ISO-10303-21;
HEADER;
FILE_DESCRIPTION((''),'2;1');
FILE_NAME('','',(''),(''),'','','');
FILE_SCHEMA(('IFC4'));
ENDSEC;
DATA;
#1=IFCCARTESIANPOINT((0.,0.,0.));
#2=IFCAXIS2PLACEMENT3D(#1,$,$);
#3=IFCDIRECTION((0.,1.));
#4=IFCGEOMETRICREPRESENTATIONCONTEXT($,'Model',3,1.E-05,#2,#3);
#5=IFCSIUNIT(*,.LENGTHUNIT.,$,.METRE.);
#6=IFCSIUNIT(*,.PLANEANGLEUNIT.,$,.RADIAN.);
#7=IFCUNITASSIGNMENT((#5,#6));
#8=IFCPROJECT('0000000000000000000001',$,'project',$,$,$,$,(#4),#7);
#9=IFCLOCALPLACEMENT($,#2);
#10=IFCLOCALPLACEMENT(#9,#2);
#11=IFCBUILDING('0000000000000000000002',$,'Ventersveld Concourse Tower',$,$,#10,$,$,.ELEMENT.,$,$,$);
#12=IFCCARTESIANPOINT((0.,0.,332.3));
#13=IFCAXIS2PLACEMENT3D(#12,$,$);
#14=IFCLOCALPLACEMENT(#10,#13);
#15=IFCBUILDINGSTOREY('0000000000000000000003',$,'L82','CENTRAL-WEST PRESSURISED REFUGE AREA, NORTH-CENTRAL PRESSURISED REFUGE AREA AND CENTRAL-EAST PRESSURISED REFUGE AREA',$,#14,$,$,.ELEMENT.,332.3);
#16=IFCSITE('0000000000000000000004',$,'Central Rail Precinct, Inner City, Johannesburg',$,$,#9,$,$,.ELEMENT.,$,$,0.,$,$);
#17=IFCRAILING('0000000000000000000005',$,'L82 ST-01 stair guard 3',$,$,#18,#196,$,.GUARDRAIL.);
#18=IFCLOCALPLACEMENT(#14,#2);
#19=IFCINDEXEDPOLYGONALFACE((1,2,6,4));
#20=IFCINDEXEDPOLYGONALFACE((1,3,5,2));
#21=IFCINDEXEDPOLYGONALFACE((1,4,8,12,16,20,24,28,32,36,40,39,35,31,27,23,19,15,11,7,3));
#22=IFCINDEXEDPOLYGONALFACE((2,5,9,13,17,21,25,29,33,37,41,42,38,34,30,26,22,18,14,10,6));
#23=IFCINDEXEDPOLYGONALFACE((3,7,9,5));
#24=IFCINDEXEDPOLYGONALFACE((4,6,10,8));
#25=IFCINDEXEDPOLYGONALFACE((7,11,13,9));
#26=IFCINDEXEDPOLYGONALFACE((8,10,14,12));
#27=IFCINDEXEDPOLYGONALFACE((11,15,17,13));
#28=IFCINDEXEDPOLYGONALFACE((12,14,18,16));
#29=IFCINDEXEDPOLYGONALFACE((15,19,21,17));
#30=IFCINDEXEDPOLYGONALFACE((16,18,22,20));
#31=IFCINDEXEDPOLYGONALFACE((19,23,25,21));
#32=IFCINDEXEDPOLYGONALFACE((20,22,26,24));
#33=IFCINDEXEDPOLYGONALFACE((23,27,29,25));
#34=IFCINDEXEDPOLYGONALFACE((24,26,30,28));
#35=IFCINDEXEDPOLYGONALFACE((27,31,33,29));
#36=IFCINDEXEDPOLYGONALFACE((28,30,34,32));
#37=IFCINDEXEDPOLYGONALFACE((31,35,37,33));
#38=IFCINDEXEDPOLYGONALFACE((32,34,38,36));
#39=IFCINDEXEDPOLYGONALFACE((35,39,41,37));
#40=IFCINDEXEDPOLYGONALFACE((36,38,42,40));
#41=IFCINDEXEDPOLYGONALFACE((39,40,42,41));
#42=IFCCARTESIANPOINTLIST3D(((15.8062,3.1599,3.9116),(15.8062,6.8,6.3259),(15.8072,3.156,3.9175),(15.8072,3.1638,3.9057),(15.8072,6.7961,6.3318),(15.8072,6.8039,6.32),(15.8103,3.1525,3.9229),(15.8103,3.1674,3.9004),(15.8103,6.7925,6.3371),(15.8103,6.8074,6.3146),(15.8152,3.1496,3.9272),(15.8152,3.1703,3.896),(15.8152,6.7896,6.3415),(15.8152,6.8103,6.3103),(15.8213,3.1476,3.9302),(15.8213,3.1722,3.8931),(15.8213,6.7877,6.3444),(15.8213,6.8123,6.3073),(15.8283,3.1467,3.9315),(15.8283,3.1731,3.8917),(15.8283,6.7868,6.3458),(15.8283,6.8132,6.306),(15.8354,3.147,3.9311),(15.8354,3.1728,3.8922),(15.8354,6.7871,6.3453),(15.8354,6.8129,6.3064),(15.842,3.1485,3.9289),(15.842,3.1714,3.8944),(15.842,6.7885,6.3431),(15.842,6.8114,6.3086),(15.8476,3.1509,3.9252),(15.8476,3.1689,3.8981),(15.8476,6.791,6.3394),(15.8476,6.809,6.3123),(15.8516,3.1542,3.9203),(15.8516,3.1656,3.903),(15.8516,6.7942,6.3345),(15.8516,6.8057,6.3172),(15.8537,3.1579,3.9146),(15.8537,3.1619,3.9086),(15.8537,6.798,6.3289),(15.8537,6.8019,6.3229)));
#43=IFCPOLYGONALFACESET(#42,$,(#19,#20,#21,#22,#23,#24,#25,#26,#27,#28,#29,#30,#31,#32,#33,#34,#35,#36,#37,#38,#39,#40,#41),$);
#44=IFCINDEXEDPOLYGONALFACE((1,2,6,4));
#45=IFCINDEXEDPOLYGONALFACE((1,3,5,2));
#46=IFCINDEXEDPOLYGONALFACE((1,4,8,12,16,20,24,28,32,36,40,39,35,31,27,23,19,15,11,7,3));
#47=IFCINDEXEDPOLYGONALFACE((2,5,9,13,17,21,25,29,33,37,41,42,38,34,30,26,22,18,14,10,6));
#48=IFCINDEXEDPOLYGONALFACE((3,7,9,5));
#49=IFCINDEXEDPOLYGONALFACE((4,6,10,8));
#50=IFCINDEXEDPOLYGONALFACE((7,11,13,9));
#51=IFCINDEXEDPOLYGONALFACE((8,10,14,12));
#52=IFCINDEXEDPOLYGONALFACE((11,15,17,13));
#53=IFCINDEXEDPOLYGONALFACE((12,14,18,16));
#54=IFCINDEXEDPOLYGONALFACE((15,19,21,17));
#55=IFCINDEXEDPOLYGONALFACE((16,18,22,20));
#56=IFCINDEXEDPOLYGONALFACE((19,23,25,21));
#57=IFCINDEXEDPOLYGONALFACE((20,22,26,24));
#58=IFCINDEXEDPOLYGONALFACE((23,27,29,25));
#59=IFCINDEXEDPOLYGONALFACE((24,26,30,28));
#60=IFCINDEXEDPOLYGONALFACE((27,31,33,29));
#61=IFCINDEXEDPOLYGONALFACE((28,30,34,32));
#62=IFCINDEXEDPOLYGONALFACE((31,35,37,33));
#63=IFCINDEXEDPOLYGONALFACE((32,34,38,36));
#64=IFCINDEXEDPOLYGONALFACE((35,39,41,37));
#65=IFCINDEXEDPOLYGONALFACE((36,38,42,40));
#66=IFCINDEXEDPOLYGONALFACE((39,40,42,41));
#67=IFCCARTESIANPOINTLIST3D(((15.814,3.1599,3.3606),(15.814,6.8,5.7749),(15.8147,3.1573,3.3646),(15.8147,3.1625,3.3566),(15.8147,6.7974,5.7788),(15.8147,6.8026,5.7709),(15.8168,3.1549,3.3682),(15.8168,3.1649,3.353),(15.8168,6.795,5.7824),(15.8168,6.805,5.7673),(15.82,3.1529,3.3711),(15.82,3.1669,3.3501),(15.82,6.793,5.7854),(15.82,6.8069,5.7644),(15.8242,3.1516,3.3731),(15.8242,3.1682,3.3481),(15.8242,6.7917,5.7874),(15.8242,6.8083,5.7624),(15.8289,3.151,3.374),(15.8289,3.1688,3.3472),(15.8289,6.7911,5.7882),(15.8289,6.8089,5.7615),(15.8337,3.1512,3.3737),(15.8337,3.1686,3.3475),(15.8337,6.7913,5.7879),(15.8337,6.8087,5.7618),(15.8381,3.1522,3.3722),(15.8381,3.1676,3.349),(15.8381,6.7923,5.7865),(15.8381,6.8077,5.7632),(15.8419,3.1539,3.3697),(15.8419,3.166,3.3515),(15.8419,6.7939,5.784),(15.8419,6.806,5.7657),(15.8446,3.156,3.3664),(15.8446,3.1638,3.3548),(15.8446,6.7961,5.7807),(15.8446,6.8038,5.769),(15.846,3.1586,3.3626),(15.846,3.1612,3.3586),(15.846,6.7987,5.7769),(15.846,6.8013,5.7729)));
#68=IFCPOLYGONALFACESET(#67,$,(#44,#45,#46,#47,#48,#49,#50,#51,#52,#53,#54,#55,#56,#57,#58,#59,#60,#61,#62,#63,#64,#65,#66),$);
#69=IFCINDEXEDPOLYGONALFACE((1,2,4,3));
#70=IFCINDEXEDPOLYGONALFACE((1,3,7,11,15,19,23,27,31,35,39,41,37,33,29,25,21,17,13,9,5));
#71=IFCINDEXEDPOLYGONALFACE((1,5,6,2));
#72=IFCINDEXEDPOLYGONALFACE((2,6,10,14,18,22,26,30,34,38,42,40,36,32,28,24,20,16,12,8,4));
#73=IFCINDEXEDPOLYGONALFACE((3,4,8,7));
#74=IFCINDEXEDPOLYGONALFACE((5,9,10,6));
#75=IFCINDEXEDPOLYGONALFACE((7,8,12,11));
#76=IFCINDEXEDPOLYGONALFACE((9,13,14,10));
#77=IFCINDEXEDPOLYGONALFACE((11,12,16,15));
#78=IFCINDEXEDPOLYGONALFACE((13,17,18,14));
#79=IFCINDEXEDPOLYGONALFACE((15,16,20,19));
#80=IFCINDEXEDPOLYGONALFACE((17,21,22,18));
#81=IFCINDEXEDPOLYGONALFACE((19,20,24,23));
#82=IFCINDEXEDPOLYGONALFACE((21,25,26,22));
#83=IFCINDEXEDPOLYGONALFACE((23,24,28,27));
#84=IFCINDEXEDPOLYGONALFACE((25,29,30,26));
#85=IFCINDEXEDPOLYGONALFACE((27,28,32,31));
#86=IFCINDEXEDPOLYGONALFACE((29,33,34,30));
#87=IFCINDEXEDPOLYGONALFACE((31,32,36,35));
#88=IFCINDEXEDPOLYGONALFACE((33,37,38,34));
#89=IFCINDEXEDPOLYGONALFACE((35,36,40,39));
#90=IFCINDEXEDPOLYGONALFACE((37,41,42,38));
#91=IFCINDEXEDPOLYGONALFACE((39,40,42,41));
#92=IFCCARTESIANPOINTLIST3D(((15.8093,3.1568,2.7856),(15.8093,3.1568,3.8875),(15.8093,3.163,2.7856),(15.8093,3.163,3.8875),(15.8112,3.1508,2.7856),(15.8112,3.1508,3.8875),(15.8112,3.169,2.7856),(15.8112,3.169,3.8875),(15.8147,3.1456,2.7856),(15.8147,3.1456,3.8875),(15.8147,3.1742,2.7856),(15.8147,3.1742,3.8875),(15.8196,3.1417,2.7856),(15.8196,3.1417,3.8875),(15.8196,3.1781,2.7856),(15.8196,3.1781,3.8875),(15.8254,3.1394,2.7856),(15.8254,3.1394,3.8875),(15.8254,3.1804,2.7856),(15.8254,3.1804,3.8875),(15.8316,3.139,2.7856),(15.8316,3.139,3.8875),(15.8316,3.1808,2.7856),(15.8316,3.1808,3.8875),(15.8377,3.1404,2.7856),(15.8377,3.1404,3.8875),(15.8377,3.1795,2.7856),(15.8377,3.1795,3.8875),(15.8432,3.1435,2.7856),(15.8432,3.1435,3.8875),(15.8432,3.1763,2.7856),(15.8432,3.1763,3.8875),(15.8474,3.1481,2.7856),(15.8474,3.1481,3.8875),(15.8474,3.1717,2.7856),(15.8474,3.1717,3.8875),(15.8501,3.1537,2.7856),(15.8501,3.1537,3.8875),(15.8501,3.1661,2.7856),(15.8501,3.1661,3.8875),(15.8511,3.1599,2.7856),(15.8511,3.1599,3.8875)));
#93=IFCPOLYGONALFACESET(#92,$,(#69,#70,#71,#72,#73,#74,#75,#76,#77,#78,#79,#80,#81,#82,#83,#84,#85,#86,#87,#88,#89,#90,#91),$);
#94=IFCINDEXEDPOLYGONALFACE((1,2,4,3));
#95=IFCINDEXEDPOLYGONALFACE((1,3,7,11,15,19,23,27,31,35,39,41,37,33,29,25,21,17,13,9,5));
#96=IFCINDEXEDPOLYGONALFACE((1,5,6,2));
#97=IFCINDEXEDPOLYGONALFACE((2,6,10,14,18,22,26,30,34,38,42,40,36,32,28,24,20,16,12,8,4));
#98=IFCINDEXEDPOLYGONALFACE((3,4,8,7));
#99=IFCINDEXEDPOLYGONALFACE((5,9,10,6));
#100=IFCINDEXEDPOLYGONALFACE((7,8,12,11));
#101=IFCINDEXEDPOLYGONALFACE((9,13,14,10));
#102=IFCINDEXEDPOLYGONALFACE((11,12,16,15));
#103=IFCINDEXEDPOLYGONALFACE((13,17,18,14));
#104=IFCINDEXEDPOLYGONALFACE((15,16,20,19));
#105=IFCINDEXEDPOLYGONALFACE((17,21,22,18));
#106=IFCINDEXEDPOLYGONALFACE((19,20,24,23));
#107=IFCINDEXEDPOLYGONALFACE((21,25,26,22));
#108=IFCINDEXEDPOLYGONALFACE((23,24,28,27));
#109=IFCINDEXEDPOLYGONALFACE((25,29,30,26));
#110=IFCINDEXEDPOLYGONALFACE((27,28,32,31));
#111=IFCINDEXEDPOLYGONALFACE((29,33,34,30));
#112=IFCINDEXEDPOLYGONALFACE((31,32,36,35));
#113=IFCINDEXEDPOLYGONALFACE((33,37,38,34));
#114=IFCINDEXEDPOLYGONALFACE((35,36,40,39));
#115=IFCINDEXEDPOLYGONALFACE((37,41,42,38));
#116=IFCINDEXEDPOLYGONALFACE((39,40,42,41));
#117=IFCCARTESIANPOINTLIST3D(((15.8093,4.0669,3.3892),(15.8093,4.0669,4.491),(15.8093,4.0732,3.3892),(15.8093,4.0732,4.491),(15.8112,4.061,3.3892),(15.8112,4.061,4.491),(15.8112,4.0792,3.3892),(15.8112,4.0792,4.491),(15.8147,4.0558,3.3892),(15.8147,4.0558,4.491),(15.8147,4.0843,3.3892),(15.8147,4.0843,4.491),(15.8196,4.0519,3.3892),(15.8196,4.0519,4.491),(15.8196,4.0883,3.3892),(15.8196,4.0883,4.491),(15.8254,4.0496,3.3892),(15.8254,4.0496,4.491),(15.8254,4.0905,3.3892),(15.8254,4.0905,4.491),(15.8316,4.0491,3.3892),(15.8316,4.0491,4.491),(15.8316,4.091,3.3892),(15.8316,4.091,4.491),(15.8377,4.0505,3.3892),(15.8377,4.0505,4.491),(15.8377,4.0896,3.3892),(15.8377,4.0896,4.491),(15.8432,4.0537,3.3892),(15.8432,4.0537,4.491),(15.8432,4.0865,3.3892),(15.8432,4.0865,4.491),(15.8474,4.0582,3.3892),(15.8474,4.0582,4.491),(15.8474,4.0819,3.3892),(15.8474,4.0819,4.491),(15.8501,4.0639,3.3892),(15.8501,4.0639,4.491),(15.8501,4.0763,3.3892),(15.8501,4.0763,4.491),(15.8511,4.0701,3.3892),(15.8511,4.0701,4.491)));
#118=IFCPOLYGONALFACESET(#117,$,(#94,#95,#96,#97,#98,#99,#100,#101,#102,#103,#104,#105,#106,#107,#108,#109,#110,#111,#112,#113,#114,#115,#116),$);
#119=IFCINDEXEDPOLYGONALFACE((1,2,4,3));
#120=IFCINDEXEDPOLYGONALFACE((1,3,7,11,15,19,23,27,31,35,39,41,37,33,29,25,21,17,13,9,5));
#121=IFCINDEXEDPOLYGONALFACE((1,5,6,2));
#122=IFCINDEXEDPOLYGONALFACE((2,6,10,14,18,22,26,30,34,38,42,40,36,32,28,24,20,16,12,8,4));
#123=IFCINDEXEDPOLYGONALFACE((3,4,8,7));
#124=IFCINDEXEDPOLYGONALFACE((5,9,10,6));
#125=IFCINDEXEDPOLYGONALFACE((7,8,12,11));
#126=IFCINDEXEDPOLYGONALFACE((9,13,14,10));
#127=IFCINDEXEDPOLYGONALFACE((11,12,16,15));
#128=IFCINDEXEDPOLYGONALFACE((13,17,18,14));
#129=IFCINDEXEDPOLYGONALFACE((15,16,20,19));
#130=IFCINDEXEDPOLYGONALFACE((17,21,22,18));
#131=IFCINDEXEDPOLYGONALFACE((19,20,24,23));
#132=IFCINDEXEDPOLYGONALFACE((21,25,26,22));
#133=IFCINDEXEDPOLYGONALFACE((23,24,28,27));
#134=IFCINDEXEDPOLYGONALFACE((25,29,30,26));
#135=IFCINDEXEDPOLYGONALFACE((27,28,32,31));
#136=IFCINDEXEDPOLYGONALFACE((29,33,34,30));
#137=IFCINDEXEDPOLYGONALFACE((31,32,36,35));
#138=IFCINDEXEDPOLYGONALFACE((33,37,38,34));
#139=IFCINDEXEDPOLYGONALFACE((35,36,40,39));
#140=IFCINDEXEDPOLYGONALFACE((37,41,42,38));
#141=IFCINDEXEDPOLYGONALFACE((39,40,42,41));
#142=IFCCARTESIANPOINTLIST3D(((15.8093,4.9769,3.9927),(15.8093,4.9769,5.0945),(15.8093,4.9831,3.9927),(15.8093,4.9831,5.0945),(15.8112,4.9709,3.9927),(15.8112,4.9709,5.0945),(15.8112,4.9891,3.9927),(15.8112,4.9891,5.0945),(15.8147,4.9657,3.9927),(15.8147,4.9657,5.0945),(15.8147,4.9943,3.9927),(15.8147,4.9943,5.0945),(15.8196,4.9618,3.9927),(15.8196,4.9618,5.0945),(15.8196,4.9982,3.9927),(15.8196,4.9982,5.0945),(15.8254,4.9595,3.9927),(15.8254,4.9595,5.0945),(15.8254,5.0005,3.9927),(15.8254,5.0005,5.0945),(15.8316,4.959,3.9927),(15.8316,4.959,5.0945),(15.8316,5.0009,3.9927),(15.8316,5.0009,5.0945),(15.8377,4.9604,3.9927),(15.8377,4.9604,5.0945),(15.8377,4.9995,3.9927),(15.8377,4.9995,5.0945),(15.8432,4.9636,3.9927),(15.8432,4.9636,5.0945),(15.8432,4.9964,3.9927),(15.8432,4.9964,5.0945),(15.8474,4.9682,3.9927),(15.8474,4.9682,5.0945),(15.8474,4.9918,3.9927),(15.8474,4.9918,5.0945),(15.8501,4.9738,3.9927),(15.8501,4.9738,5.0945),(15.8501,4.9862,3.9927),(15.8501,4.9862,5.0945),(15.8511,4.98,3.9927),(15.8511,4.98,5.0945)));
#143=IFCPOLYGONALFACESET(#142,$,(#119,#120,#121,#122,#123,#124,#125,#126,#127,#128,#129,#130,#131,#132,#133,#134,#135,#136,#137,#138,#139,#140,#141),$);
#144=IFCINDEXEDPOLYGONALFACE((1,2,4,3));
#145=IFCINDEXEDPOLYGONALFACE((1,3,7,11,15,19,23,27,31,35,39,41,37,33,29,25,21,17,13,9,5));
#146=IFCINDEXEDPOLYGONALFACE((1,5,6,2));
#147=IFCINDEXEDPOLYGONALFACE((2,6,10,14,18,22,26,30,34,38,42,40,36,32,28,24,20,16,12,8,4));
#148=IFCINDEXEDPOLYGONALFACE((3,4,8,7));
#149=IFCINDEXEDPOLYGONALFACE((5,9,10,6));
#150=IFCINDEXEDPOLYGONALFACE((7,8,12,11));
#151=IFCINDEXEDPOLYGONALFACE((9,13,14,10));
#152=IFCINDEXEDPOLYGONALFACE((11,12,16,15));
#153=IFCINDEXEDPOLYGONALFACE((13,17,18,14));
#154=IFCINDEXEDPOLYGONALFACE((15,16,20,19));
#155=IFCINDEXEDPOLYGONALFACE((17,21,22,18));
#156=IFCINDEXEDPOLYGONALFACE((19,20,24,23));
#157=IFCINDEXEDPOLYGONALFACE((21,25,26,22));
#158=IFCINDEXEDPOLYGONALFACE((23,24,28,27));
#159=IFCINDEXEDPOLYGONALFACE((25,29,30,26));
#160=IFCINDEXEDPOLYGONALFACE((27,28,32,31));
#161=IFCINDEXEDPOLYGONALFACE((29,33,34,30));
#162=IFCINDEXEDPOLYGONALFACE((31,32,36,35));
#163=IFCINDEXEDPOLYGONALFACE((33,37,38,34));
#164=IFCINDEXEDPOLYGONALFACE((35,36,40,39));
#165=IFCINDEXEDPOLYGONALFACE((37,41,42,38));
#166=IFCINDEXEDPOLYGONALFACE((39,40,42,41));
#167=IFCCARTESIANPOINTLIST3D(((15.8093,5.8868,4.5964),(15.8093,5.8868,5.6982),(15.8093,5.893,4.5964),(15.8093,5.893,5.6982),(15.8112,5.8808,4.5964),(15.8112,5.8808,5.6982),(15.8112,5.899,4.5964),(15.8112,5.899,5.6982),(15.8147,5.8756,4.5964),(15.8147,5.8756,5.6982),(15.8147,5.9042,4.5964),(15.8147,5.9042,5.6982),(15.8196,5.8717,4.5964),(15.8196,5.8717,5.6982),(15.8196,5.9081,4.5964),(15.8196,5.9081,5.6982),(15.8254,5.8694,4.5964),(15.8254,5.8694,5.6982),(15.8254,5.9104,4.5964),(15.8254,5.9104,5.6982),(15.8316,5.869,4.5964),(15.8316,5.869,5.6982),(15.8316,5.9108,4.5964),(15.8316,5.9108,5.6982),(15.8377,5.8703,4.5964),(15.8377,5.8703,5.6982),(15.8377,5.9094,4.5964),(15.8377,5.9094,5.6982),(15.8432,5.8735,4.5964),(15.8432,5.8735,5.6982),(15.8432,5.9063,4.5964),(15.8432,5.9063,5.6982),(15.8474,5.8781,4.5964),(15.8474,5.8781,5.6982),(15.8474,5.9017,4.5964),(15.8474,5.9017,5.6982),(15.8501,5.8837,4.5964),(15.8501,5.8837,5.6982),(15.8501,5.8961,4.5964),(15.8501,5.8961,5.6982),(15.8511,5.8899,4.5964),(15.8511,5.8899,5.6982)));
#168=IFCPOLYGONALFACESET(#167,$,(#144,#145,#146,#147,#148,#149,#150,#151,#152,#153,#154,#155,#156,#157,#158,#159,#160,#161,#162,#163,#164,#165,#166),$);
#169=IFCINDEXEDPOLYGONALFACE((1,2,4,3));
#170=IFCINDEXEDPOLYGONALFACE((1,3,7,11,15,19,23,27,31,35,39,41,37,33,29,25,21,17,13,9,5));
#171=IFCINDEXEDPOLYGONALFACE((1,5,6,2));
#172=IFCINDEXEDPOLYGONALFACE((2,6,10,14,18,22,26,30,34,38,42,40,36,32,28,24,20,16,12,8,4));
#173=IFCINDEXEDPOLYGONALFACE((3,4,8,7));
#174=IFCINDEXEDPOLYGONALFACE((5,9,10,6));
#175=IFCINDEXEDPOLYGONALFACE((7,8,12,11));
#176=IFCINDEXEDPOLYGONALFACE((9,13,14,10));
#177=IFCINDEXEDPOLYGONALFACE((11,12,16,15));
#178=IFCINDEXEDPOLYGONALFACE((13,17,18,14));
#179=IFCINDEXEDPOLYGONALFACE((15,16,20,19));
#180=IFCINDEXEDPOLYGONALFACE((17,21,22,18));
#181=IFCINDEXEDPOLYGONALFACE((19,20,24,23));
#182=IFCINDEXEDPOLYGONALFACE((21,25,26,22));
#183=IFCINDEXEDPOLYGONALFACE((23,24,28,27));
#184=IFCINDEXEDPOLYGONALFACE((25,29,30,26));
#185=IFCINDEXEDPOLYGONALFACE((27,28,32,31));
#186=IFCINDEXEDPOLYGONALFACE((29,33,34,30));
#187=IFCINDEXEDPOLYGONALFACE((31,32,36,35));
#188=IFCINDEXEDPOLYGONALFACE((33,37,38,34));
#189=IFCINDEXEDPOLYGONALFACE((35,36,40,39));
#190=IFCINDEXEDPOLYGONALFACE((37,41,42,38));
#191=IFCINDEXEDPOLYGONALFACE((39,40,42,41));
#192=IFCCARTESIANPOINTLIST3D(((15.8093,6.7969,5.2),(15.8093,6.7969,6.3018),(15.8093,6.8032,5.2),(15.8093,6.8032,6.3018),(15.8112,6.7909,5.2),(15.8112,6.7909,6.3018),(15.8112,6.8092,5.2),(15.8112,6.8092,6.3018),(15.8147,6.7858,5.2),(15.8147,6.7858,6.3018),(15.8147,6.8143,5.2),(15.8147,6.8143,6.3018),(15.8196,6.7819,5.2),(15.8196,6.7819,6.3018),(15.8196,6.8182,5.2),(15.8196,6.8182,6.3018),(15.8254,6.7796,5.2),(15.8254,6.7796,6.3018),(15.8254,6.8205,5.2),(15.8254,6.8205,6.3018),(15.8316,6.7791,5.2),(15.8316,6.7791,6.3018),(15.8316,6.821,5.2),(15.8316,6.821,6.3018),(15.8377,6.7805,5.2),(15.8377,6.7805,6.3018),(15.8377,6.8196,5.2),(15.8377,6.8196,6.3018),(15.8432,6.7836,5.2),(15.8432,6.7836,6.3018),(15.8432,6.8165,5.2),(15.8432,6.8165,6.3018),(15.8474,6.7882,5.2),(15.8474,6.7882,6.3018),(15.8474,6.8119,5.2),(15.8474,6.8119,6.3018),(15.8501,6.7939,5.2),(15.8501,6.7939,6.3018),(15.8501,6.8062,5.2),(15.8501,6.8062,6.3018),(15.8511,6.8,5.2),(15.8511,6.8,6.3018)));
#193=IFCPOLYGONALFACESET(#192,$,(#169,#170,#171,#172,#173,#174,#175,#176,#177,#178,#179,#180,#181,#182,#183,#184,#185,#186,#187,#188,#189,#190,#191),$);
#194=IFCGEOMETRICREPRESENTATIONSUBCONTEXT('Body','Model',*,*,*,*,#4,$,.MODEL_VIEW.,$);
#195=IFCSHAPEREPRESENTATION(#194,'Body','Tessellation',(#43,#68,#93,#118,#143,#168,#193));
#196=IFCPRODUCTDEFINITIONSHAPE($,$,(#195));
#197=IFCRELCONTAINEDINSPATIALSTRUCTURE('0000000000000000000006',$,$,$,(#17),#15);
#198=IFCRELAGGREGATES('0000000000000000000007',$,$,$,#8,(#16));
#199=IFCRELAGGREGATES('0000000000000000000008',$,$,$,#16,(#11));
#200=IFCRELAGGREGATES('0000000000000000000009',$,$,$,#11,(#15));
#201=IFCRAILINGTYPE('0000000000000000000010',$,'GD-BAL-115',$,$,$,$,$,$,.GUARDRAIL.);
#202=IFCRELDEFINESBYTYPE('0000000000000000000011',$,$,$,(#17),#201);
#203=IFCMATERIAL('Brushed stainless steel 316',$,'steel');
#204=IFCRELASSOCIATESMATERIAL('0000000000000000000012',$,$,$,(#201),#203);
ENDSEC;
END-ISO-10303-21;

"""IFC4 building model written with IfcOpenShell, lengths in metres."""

from ifc_helpers import new_model, si_unit, direction, frame, origin, origin_2d, place, context, subcontext, project, spatial, circle, extrude, material, type_object, element, save


model = new_model("IFC4")

# Units and contexts
model_context = context("Model", 3, precision=1e-05, world=origin(), true_north=direction((0.0, 1.0)))
body_context = subcontext(model_context, "Body", "Model", "MODEL_VIEW")
ifc_project = project(units=[si_unit("LENGTHUNIT", "METRE"), si_unit("PLANEANGLEUNIT", "RADIAN")], contexts=[model_context])

# Site, building, storey
site_placement = place(None, origin())
site = spatial("IfcSite", under=ifc_project, at=site_placement, Name="Central Rail Precinct, Inner City, Johannesburg", CompositionType="ELEMENT", RefElevation=0.0)
building_placement = place(site_placement, origin())
building = spatial("IfcBuilding", under=site, at=building_placement, Name="Ventersveld Concourse Tower", CompositionType="ELEMENT")
storey_placement = place(building_placement, frame((0.0, 0.0, 332.3)))
storey = spatial("IfcBuildingStorey", under=building, at=storey_placement, Name="L82", Description="CENTRAL-WEST PRESSURISED REFUGE AREA, NORTH-CENTRAL PRESSURISED REFUGE AREA AND CENTRAL-EAST PRESSURISED REFUGE AREA", CompositionType="ELEMENT", Elevation=332.3)

# Shared definitions
ifc_material_1 = material(Name="Brushed stainless steel 316", Category="steel")

# Railing
railing_type_1 = type_object("IfcRailingType", Name="GD-BAL-115", PredefinedType="GUARDRAIL", material=ifc_material_1)
railing_1_placement = place(storey_placement, frame((15.8301, 3.1599, 2.7856)))
element("IfcRailing", 1, at=railing_1_placement, inside=storey, type_object=railing_type_1, Name="L82 ST-01 stair guard 3", PredefinedType="GUARDRAIL", context=body_context, shape_type="SweptSolid", body=[
    extrude(circle(Radius=0.0239, at=origin_2d()), frame((0.0, 0.0, 1.126), z_axis=(0.0, 0.833364, 0.552725), x_axis=(-1.0, 0.0, 0.0)), (0.0, 0.0, 1.0), 4.3679),
    extrude(circle(Radius=0.0161, at=origin_2d()), frame((0.0, 0.0, 0.575), z_axis=(0.0, 0.833364, 0.552725), x_axis=(-1.0, 0.0, 0.0)), (0.0, 0.0, 1.0), 4.3679),
    extrude(circle(Radius=0.021, at=origin_2d()), origin(), (0.0, 0.0, 1.0), 1.1018),
    extrude(circle(Radius=0.021, at=origin_2d()), frame((0.0, 0.9102, 0.6035)), (0.0, 0.0, 1.0), 1.1018),
    extrude(circle(Radius=0.021, at=origin_2d()), frame((0.0, 1.8201, 1.207)), (0.0, 0.0, 1.0), 1.1018),
    extrude(circle(Radius=0.021, at=origin_2d()), frame((0.0, 2.73, 1.8108)), (0.0, 0.0, 1.0), 1.1018),
    extrude(circle(Radius=0.021, at=origin_2d()), frame((0.0, 3.6401, 2.4143)), (0.0, 0.0, 1.0), 1.1018),
])

save(model, "model.ifc")
